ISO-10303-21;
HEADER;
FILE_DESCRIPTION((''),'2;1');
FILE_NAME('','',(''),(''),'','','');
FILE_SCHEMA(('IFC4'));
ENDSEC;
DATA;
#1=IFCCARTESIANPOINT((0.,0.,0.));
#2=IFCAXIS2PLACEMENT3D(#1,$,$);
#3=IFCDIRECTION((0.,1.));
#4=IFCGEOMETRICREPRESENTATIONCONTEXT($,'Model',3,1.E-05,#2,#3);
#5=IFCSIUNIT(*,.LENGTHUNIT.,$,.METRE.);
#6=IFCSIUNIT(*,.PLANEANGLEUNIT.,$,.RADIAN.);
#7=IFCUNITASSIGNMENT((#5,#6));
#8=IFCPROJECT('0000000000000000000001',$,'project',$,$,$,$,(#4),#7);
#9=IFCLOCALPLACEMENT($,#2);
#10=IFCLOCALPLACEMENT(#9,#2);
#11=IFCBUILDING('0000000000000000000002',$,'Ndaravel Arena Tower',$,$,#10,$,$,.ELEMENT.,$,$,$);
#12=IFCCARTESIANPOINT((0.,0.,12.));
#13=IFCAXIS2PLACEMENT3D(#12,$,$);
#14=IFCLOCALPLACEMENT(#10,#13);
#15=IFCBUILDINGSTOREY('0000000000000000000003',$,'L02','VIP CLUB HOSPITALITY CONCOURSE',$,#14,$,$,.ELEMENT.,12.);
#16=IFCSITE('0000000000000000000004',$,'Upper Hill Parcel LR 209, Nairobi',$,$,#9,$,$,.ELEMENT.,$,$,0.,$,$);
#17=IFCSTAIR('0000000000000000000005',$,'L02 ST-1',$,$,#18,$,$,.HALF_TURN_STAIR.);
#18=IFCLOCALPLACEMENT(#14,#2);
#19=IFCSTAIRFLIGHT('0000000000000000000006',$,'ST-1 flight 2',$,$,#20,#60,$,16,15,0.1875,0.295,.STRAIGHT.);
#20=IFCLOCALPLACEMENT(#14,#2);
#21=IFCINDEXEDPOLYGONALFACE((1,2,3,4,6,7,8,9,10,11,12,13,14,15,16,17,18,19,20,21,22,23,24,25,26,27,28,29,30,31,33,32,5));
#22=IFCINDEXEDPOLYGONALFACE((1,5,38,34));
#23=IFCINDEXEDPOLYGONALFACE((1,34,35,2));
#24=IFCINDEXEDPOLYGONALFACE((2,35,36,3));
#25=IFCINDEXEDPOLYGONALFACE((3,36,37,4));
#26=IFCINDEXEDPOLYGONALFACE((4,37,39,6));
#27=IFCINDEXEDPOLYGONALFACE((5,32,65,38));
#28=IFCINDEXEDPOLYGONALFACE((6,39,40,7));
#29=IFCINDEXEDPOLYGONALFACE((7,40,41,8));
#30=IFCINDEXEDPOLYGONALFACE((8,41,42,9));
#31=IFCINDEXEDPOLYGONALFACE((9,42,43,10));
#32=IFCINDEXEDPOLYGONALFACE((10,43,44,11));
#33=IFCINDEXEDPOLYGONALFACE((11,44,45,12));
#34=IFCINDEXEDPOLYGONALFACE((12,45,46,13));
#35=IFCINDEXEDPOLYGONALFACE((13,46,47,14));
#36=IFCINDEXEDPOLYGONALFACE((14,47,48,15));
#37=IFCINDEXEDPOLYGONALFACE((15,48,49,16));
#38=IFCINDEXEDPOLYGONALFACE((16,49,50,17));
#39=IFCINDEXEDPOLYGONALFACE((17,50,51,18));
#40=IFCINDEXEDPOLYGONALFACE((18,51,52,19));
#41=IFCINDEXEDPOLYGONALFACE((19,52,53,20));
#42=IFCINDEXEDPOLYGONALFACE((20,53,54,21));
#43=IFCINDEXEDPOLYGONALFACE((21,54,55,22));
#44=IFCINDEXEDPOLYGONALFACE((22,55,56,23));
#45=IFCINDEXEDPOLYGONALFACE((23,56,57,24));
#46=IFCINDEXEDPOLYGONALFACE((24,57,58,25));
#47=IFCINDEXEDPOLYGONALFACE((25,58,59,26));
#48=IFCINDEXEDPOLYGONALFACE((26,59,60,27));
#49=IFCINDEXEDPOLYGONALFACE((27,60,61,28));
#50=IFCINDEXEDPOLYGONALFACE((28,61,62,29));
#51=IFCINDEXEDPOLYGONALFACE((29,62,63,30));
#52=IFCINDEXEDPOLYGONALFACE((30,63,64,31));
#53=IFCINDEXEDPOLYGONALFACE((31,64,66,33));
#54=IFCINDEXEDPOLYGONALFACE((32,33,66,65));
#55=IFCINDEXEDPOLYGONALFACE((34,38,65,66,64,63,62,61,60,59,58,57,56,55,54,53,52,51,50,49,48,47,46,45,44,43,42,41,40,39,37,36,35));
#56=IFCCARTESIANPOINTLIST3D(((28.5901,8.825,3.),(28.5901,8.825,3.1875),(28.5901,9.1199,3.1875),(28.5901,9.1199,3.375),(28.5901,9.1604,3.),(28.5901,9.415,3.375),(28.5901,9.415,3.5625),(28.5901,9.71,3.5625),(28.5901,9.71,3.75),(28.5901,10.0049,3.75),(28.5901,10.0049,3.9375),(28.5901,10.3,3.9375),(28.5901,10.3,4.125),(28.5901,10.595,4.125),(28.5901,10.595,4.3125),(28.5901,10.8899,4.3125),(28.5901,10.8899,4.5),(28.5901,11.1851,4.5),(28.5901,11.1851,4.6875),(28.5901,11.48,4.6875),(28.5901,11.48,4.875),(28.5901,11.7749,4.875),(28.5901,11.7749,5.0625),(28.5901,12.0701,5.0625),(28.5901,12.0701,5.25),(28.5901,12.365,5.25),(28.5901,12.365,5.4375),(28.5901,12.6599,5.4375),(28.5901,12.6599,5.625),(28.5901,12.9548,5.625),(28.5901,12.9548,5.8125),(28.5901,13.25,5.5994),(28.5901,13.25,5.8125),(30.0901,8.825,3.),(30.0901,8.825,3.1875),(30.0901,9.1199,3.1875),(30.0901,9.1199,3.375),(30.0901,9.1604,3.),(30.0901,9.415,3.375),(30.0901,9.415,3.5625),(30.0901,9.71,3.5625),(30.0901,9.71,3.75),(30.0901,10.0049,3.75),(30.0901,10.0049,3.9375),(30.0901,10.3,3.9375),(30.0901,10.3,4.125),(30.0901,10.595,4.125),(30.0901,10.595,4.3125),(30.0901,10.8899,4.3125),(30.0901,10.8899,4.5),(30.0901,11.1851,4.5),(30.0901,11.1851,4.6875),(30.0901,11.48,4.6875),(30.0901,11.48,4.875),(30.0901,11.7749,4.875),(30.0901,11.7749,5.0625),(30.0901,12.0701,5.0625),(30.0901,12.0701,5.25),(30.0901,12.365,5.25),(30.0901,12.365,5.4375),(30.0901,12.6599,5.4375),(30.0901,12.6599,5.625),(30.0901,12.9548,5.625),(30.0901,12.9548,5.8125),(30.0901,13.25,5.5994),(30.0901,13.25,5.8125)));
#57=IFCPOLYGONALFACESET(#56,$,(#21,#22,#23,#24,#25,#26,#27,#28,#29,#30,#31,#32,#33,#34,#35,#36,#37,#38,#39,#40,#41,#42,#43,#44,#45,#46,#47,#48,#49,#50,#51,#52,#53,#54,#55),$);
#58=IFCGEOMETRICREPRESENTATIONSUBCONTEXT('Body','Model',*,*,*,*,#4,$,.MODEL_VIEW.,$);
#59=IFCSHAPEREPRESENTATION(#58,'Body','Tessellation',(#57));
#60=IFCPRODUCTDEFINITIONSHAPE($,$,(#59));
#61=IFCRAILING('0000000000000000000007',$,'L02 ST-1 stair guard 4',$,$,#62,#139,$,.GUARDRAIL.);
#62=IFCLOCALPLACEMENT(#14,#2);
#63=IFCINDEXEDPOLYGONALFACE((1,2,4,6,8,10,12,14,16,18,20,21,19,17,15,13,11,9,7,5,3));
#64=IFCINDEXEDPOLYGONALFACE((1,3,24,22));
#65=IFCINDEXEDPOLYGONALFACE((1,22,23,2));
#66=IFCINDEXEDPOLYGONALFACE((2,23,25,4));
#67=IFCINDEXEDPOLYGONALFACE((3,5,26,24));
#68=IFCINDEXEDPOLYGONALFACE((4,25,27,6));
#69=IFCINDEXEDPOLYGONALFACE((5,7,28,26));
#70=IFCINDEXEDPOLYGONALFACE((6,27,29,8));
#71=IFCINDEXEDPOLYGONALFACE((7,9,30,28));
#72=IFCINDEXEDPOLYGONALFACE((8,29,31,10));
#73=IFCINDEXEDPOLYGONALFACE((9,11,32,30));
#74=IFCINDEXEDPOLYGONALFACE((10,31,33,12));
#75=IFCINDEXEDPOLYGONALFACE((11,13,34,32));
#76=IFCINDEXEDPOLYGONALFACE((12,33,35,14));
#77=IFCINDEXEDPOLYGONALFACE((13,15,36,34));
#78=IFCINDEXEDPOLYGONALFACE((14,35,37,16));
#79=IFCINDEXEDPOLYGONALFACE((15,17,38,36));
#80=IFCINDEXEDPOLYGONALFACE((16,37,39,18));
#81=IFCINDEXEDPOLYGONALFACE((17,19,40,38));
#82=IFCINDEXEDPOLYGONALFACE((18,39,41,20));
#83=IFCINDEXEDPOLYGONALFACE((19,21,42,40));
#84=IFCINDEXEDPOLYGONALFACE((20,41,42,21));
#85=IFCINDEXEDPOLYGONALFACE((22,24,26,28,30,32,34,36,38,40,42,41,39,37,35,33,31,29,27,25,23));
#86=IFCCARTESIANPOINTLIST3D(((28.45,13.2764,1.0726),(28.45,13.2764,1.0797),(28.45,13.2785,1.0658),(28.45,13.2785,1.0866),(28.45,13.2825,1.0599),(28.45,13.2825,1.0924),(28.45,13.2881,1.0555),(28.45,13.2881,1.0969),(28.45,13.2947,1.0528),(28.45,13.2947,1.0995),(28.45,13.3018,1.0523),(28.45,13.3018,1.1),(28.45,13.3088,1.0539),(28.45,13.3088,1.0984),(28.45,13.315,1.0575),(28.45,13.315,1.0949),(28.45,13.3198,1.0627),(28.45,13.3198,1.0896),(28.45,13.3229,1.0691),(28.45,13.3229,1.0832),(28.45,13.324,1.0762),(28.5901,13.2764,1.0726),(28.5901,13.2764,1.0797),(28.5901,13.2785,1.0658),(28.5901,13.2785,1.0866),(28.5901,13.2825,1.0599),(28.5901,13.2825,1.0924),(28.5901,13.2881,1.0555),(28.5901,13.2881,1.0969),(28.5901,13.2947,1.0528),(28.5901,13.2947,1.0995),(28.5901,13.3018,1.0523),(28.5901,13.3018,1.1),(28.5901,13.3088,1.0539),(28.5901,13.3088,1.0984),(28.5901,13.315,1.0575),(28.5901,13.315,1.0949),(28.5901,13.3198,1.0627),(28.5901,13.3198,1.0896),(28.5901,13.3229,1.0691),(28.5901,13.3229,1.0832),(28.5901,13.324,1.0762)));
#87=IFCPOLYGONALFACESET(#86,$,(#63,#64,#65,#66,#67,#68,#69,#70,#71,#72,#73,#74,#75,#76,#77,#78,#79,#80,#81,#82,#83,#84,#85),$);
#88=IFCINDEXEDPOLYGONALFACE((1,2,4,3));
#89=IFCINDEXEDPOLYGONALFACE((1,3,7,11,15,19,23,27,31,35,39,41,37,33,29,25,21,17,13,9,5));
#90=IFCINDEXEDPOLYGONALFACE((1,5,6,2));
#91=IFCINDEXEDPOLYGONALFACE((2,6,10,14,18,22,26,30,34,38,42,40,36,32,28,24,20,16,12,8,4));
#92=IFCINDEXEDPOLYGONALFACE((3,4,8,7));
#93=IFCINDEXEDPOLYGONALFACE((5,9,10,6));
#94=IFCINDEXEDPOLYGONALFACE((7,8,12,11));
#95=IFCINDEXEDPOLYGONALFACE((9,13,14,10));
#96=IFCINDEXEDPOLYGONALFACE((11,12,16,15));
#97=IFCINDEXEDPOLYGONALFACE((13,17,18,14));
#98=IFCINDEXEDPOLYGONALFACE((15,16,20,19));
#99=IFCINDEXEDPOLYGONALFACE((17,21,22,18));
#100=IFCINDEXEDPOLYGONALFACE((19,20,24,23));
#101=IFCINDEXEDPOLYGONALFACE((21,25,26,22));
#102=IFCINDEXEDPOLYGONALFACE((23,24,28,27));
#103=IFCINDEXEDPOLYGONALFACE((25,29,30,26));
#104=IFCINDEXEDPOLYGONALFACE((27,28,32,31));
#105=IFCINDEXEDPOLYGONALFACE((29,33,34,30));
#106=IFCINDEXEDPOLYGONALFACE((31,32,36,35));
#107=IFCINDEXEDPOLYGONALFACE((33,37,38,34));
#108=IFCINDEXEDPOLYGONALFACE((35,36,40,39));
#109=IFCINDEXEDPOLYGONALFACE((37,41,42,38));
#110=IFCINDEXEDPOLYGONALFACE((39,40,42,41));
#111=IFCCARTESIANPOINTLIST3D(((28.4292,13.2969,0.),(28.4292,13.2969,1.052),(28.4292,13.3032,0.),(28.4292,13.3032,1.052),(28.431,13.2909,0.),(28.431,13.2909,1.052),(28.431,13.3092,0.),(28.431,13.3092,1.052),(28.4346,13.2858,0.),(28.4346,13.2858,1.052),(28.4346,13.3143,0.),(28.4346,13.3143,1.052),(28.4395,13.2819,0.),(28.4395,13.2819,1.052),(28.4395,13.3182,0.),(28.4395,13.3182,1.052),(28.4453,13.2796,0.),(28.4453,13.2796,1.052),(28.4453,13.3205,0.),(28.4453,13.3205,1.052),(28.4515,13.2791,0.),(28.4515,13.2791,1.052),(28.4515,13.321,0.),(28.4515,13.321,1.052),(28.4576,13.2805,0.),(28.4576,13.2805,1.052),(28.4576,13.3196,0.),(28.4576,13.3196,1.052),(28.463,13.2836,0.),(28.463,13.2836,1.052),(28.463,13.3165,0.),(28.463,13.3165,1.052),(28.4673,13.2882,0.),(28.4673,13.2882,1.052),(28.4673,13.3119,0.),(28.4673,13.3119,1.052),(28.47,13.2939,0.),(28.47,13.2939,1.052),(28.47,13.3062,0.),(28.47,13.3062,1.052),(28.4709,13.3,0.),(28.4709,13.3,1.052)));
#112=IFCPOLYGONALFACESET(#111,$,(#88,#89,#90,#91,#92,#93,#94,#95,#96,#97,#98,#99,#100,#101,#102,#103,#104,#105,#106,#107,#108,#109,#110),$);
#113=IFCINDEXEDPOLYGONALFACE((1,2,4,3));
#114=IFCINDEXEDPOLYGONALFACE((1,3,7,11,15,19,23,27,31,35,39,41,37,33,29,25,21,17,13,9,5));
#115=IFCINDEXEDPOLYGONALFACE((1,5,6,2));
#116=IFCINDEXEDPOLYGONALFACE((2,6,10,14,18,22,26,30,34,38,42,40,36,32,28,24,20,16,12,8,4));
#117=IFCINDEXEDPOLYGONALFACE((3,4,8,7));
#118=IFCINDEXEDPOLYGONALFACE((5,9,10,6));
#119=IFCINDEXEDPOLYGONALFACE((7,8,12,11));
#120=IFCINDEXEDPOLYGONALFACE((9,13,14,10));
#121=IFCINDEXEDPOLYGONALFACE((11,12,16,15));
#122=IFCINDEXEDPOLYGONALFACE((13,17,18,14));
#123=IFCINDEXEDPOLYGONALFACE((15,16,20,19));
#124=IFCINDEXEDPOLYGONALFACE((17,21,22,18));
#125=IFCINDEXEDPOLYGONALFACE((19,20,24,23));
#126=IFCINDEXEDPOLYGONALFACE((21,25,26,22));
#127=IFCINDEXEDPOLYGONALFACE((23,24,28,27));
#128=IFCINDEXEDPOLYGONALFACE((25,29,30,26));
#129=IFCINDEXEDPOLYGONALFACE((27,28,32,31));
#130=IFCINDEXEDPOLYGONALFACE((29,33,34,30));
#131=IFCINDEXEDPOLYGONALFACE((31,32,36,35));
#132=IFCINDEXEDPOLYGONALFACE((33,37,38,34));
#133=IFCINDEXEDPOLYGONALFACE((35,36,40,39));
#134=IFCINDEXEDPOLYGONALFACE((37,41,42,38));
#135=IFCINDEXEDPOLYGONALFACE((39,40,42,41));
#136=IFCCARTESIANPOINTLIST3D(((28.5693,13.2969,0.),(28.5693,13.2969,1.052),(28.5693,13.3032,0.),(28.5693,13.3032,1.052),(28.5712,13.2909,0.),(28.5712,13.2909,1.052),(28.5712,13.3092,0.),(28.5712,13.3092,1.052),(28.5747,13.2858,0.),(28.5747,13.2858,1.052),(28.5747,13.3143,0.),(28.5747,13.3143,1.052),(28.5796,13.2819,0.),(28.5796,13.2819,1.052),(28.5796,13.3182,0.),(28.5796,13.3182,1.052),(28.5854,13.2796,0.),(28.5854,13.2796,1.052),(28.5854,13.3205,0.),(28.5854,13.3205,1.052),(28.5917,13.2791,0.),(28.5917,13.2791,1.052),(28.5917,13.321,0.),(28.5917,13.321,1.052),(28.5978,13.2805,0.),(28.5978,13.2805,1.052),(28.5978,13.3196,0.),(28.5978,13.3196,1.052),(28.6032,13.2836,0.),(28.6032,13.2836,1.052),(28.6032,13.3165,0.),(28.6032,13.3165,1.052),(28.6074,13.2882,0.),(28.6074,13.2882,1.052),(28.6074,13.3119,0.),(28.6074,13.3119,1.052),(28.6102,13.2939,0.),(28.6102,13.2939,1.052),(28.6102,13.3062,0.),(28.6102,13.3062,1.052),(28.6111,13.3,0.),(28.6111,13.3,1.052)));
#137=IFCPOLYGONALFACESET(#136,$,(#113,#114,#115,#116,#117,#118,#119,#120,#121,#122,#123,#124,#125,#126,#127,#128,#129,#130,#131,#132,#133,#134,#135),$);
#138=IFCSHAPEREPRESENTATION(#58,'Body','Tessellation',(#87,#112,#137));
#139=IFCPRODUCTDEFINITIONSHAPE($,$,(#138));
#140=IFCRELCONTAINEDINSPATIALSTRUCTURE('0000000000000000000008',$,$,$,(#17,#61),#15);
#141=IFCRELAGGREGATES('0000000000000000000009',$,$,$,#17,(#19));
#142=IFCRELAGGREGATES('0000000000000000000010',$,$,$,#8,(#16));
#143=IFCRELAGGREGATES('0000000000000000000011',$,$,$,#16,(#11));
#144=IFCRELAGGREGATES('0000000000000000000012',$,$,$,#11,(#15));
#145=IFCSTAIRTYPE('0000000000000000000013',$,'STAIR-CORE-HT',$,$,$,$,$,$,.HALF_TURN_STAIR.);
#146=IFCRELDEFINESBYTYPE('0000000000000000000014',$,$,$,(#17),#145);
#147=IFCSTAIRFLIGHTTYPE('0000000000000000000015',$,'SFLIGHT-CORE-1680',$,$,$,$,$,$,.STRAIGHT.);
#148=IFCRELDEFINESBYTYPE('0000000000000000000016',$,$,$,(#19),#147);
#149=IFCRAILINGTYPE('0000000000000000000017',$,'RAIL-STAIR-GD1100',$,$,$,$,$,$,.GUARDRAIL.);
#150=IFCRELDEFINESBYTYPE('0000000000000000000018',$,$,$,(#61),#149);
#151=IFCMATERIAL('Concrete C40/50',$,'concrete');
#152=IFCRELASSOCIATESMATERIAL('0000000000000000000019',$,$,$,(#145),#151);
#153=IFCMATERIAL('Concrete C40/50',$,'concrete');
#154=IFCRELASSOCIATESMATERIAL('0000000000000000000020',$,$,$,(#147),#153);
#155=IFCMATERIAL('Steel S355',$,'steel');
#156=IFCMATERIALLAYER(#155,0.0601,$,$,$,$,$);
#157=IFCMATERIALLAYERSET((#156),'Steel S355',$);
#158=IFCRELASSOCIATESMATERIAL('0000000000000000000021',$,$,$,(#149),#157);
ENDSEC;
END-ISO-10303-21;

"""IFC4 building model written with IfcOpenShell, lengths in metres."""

from ifc_helpers import new_model, si_unit, direction, frame, origin, origin_2d, place, context, subcontext, project, spatial, polyline, circle, outline, extrude, material, layer, layer_set, type_object, element, aggregate, save


model = new_model("IFC4")

# Units and contexts
model_context = context("Model", 3, precision=1e-05, world=origin(), true_north=direction((0.0, 1.0)))
body_context = subcontext(model_context, "Body", "Model", "MODEL_VIEW")
ifc_project = project(units=[si_unit("LENGTHUNIT", "METRE"), si_unit("PLANEANGLEUNIT", "RADIAN")], contexts=[model_context])

# Site, building, storey
site_placement = place(None, origin())
site = spatial("IfcSite", under=ifc_project, at=site_placement, Name="Upper Hill Parcel LR 209, Nairobi", CompositionType="ELEMENT", RefElevation=0.0)
building_placement = place(site_placement, origin())
building = spatial("IfcBuilding", under=site, at=building_placement, Name="Ndaravel Arena Tower", CompositionType="ELEMENT")
storey_placement = place(building_placement, frame((0.0, 0.0, 12.0)))
storey = spatial("IfcBuildingStorey", under=building, at=storey_placement, Name="L02", Description="VIP CLUB HOSPITALITY CONCOURSE", CompositionType="ELEMENT", Elevation=12.0)

# Stair, stair flight
ifc_material_1 = material(Name="Concrete C40/50", Category="concrete")
stair_type = type_object("IfcStairType", Name="STAIR-CORE-HT", PredefinedType="HALF_TURN_STAIR", material=ifc_material_1)
stair_placement = place(storey_placement, origin())
stair = element("IfcStair", 1, at=stair_placement, inside=storey, type_object=stair_type, Name="L02 ST-1", PredefinedType="HALF_TURN_STAIR")
ifc_material_2 = material(Name="Concrete C40/50", Category="concrete")
stair_flight_type = type_object("IfcStairFlightType", Name="SFLIGHT-CORE-1680", PredefinedType="STRAIGHT", material=ifc_material_2)
stair_flight_1_placement = place(storey_placement, frame((29.3401, 8.825, 3.0), z_axis=(0.0, 0.0, 1.0), x_axis=(0.0, 1.0, 0.0)))
stair_flight_1 = element("IfcStairFlight", 2, at=stair_flight_1_placement, type_object=stair_flight_type, Name="ST-1 flight 2", NumberOfRisers=16, NumberOfTreads=15, PredefinedType="STRAIGHT", RiserHeight=0.1875, TreadLength=0.295, context=body_context, shape_type="SweptSolid", body=[
    extrude(outline(polyline([(0.0, 0.0), (0.0, 0.1875), (0.2949, 0.1875), (0.2949, 0.375), (0.5901, 0.375), (0.5901, 0.5625), (0.885, 0.5625), (0.885, 0.75), (1.1799, 0.75), (1.1799, 0.9375), (1.4751, 0.9375), (1.4751, 1.125), (1.77, 1.125), (1.77, 1.3125), (2.0649, 1.3125), (2.0649, 1.5), (2.3601, 1.5), (2.3601, 1.6875), (2.655, 1.6875), (2.655, 1.875), (2.95, 1.875), (2.95, 2.0625), (3.2451, 2.0625), (3.2451, 2.25), (3.54, 2.25), (3.54, 2.4375), (3.835, 2.4375), (3.835, 2.625), (4.1299, 2.625), (4.1299, 2.8125), (4.425, 2.8125), (4.425, 3.0), (4.425, 2.5994), (0.3354, 0.0), (0.0, 0.0)])), frame((0.0, 0.75, 0.0), z_axis=(0.0, -1.0, 0.0), x_axis=(1.0, 0.0, 0.0)), (0.0, 0.0, 1.0), 1.5),
])
aggregate(stair, [stair_flight_1])

# Railing
ifc_material_3 = material(Name="Steel S355", Category="steel")
ifc_layer_1 = layer(ifc_material_3, 0.0601)
ifc_layer_set_1 = layer_set([ifc_layer_1], Name="Steel S355")
railing_type_1 = type_object("IfcRailingType", Name="RAIL-STAIR-GD1100", PredefinedType="GUARDRAIL", material=ifc_layer_set_1)
railing_1_placement = place(storey_placement, frame((28.45, 13.3, 0.0)))
element("IfcRailing", 3, at=railing_1_placement, inside=storey, type_object=railing_type_1, Name="L02 ST-1 stair guard 4", PredefinedType="GUARDRAIL", context=body_context, shape_type="SweptSolid", body=[
    extrude(circle(Radius=0.0239, at=origin_2d()), frame((0.0, 0.0, 1.0762), z_axis=(1.0, 0.0, 0.0), x_axis=(0.0, 1.0, 0.0)), (0.0, 0.0, 1.0), 0.1401),
    extrude(circle(Radius=0.021, at=origin_2d()), origin(), (0.0, 0.0, 1.0), 1.052),
    extrude(circle(Radius=0.021, at=origin_2d()), frame((0.1401, 0.0, 0.0)), (0.0, 0.0, 1.0), 1.052),
])

save(model, "model.ifc")
